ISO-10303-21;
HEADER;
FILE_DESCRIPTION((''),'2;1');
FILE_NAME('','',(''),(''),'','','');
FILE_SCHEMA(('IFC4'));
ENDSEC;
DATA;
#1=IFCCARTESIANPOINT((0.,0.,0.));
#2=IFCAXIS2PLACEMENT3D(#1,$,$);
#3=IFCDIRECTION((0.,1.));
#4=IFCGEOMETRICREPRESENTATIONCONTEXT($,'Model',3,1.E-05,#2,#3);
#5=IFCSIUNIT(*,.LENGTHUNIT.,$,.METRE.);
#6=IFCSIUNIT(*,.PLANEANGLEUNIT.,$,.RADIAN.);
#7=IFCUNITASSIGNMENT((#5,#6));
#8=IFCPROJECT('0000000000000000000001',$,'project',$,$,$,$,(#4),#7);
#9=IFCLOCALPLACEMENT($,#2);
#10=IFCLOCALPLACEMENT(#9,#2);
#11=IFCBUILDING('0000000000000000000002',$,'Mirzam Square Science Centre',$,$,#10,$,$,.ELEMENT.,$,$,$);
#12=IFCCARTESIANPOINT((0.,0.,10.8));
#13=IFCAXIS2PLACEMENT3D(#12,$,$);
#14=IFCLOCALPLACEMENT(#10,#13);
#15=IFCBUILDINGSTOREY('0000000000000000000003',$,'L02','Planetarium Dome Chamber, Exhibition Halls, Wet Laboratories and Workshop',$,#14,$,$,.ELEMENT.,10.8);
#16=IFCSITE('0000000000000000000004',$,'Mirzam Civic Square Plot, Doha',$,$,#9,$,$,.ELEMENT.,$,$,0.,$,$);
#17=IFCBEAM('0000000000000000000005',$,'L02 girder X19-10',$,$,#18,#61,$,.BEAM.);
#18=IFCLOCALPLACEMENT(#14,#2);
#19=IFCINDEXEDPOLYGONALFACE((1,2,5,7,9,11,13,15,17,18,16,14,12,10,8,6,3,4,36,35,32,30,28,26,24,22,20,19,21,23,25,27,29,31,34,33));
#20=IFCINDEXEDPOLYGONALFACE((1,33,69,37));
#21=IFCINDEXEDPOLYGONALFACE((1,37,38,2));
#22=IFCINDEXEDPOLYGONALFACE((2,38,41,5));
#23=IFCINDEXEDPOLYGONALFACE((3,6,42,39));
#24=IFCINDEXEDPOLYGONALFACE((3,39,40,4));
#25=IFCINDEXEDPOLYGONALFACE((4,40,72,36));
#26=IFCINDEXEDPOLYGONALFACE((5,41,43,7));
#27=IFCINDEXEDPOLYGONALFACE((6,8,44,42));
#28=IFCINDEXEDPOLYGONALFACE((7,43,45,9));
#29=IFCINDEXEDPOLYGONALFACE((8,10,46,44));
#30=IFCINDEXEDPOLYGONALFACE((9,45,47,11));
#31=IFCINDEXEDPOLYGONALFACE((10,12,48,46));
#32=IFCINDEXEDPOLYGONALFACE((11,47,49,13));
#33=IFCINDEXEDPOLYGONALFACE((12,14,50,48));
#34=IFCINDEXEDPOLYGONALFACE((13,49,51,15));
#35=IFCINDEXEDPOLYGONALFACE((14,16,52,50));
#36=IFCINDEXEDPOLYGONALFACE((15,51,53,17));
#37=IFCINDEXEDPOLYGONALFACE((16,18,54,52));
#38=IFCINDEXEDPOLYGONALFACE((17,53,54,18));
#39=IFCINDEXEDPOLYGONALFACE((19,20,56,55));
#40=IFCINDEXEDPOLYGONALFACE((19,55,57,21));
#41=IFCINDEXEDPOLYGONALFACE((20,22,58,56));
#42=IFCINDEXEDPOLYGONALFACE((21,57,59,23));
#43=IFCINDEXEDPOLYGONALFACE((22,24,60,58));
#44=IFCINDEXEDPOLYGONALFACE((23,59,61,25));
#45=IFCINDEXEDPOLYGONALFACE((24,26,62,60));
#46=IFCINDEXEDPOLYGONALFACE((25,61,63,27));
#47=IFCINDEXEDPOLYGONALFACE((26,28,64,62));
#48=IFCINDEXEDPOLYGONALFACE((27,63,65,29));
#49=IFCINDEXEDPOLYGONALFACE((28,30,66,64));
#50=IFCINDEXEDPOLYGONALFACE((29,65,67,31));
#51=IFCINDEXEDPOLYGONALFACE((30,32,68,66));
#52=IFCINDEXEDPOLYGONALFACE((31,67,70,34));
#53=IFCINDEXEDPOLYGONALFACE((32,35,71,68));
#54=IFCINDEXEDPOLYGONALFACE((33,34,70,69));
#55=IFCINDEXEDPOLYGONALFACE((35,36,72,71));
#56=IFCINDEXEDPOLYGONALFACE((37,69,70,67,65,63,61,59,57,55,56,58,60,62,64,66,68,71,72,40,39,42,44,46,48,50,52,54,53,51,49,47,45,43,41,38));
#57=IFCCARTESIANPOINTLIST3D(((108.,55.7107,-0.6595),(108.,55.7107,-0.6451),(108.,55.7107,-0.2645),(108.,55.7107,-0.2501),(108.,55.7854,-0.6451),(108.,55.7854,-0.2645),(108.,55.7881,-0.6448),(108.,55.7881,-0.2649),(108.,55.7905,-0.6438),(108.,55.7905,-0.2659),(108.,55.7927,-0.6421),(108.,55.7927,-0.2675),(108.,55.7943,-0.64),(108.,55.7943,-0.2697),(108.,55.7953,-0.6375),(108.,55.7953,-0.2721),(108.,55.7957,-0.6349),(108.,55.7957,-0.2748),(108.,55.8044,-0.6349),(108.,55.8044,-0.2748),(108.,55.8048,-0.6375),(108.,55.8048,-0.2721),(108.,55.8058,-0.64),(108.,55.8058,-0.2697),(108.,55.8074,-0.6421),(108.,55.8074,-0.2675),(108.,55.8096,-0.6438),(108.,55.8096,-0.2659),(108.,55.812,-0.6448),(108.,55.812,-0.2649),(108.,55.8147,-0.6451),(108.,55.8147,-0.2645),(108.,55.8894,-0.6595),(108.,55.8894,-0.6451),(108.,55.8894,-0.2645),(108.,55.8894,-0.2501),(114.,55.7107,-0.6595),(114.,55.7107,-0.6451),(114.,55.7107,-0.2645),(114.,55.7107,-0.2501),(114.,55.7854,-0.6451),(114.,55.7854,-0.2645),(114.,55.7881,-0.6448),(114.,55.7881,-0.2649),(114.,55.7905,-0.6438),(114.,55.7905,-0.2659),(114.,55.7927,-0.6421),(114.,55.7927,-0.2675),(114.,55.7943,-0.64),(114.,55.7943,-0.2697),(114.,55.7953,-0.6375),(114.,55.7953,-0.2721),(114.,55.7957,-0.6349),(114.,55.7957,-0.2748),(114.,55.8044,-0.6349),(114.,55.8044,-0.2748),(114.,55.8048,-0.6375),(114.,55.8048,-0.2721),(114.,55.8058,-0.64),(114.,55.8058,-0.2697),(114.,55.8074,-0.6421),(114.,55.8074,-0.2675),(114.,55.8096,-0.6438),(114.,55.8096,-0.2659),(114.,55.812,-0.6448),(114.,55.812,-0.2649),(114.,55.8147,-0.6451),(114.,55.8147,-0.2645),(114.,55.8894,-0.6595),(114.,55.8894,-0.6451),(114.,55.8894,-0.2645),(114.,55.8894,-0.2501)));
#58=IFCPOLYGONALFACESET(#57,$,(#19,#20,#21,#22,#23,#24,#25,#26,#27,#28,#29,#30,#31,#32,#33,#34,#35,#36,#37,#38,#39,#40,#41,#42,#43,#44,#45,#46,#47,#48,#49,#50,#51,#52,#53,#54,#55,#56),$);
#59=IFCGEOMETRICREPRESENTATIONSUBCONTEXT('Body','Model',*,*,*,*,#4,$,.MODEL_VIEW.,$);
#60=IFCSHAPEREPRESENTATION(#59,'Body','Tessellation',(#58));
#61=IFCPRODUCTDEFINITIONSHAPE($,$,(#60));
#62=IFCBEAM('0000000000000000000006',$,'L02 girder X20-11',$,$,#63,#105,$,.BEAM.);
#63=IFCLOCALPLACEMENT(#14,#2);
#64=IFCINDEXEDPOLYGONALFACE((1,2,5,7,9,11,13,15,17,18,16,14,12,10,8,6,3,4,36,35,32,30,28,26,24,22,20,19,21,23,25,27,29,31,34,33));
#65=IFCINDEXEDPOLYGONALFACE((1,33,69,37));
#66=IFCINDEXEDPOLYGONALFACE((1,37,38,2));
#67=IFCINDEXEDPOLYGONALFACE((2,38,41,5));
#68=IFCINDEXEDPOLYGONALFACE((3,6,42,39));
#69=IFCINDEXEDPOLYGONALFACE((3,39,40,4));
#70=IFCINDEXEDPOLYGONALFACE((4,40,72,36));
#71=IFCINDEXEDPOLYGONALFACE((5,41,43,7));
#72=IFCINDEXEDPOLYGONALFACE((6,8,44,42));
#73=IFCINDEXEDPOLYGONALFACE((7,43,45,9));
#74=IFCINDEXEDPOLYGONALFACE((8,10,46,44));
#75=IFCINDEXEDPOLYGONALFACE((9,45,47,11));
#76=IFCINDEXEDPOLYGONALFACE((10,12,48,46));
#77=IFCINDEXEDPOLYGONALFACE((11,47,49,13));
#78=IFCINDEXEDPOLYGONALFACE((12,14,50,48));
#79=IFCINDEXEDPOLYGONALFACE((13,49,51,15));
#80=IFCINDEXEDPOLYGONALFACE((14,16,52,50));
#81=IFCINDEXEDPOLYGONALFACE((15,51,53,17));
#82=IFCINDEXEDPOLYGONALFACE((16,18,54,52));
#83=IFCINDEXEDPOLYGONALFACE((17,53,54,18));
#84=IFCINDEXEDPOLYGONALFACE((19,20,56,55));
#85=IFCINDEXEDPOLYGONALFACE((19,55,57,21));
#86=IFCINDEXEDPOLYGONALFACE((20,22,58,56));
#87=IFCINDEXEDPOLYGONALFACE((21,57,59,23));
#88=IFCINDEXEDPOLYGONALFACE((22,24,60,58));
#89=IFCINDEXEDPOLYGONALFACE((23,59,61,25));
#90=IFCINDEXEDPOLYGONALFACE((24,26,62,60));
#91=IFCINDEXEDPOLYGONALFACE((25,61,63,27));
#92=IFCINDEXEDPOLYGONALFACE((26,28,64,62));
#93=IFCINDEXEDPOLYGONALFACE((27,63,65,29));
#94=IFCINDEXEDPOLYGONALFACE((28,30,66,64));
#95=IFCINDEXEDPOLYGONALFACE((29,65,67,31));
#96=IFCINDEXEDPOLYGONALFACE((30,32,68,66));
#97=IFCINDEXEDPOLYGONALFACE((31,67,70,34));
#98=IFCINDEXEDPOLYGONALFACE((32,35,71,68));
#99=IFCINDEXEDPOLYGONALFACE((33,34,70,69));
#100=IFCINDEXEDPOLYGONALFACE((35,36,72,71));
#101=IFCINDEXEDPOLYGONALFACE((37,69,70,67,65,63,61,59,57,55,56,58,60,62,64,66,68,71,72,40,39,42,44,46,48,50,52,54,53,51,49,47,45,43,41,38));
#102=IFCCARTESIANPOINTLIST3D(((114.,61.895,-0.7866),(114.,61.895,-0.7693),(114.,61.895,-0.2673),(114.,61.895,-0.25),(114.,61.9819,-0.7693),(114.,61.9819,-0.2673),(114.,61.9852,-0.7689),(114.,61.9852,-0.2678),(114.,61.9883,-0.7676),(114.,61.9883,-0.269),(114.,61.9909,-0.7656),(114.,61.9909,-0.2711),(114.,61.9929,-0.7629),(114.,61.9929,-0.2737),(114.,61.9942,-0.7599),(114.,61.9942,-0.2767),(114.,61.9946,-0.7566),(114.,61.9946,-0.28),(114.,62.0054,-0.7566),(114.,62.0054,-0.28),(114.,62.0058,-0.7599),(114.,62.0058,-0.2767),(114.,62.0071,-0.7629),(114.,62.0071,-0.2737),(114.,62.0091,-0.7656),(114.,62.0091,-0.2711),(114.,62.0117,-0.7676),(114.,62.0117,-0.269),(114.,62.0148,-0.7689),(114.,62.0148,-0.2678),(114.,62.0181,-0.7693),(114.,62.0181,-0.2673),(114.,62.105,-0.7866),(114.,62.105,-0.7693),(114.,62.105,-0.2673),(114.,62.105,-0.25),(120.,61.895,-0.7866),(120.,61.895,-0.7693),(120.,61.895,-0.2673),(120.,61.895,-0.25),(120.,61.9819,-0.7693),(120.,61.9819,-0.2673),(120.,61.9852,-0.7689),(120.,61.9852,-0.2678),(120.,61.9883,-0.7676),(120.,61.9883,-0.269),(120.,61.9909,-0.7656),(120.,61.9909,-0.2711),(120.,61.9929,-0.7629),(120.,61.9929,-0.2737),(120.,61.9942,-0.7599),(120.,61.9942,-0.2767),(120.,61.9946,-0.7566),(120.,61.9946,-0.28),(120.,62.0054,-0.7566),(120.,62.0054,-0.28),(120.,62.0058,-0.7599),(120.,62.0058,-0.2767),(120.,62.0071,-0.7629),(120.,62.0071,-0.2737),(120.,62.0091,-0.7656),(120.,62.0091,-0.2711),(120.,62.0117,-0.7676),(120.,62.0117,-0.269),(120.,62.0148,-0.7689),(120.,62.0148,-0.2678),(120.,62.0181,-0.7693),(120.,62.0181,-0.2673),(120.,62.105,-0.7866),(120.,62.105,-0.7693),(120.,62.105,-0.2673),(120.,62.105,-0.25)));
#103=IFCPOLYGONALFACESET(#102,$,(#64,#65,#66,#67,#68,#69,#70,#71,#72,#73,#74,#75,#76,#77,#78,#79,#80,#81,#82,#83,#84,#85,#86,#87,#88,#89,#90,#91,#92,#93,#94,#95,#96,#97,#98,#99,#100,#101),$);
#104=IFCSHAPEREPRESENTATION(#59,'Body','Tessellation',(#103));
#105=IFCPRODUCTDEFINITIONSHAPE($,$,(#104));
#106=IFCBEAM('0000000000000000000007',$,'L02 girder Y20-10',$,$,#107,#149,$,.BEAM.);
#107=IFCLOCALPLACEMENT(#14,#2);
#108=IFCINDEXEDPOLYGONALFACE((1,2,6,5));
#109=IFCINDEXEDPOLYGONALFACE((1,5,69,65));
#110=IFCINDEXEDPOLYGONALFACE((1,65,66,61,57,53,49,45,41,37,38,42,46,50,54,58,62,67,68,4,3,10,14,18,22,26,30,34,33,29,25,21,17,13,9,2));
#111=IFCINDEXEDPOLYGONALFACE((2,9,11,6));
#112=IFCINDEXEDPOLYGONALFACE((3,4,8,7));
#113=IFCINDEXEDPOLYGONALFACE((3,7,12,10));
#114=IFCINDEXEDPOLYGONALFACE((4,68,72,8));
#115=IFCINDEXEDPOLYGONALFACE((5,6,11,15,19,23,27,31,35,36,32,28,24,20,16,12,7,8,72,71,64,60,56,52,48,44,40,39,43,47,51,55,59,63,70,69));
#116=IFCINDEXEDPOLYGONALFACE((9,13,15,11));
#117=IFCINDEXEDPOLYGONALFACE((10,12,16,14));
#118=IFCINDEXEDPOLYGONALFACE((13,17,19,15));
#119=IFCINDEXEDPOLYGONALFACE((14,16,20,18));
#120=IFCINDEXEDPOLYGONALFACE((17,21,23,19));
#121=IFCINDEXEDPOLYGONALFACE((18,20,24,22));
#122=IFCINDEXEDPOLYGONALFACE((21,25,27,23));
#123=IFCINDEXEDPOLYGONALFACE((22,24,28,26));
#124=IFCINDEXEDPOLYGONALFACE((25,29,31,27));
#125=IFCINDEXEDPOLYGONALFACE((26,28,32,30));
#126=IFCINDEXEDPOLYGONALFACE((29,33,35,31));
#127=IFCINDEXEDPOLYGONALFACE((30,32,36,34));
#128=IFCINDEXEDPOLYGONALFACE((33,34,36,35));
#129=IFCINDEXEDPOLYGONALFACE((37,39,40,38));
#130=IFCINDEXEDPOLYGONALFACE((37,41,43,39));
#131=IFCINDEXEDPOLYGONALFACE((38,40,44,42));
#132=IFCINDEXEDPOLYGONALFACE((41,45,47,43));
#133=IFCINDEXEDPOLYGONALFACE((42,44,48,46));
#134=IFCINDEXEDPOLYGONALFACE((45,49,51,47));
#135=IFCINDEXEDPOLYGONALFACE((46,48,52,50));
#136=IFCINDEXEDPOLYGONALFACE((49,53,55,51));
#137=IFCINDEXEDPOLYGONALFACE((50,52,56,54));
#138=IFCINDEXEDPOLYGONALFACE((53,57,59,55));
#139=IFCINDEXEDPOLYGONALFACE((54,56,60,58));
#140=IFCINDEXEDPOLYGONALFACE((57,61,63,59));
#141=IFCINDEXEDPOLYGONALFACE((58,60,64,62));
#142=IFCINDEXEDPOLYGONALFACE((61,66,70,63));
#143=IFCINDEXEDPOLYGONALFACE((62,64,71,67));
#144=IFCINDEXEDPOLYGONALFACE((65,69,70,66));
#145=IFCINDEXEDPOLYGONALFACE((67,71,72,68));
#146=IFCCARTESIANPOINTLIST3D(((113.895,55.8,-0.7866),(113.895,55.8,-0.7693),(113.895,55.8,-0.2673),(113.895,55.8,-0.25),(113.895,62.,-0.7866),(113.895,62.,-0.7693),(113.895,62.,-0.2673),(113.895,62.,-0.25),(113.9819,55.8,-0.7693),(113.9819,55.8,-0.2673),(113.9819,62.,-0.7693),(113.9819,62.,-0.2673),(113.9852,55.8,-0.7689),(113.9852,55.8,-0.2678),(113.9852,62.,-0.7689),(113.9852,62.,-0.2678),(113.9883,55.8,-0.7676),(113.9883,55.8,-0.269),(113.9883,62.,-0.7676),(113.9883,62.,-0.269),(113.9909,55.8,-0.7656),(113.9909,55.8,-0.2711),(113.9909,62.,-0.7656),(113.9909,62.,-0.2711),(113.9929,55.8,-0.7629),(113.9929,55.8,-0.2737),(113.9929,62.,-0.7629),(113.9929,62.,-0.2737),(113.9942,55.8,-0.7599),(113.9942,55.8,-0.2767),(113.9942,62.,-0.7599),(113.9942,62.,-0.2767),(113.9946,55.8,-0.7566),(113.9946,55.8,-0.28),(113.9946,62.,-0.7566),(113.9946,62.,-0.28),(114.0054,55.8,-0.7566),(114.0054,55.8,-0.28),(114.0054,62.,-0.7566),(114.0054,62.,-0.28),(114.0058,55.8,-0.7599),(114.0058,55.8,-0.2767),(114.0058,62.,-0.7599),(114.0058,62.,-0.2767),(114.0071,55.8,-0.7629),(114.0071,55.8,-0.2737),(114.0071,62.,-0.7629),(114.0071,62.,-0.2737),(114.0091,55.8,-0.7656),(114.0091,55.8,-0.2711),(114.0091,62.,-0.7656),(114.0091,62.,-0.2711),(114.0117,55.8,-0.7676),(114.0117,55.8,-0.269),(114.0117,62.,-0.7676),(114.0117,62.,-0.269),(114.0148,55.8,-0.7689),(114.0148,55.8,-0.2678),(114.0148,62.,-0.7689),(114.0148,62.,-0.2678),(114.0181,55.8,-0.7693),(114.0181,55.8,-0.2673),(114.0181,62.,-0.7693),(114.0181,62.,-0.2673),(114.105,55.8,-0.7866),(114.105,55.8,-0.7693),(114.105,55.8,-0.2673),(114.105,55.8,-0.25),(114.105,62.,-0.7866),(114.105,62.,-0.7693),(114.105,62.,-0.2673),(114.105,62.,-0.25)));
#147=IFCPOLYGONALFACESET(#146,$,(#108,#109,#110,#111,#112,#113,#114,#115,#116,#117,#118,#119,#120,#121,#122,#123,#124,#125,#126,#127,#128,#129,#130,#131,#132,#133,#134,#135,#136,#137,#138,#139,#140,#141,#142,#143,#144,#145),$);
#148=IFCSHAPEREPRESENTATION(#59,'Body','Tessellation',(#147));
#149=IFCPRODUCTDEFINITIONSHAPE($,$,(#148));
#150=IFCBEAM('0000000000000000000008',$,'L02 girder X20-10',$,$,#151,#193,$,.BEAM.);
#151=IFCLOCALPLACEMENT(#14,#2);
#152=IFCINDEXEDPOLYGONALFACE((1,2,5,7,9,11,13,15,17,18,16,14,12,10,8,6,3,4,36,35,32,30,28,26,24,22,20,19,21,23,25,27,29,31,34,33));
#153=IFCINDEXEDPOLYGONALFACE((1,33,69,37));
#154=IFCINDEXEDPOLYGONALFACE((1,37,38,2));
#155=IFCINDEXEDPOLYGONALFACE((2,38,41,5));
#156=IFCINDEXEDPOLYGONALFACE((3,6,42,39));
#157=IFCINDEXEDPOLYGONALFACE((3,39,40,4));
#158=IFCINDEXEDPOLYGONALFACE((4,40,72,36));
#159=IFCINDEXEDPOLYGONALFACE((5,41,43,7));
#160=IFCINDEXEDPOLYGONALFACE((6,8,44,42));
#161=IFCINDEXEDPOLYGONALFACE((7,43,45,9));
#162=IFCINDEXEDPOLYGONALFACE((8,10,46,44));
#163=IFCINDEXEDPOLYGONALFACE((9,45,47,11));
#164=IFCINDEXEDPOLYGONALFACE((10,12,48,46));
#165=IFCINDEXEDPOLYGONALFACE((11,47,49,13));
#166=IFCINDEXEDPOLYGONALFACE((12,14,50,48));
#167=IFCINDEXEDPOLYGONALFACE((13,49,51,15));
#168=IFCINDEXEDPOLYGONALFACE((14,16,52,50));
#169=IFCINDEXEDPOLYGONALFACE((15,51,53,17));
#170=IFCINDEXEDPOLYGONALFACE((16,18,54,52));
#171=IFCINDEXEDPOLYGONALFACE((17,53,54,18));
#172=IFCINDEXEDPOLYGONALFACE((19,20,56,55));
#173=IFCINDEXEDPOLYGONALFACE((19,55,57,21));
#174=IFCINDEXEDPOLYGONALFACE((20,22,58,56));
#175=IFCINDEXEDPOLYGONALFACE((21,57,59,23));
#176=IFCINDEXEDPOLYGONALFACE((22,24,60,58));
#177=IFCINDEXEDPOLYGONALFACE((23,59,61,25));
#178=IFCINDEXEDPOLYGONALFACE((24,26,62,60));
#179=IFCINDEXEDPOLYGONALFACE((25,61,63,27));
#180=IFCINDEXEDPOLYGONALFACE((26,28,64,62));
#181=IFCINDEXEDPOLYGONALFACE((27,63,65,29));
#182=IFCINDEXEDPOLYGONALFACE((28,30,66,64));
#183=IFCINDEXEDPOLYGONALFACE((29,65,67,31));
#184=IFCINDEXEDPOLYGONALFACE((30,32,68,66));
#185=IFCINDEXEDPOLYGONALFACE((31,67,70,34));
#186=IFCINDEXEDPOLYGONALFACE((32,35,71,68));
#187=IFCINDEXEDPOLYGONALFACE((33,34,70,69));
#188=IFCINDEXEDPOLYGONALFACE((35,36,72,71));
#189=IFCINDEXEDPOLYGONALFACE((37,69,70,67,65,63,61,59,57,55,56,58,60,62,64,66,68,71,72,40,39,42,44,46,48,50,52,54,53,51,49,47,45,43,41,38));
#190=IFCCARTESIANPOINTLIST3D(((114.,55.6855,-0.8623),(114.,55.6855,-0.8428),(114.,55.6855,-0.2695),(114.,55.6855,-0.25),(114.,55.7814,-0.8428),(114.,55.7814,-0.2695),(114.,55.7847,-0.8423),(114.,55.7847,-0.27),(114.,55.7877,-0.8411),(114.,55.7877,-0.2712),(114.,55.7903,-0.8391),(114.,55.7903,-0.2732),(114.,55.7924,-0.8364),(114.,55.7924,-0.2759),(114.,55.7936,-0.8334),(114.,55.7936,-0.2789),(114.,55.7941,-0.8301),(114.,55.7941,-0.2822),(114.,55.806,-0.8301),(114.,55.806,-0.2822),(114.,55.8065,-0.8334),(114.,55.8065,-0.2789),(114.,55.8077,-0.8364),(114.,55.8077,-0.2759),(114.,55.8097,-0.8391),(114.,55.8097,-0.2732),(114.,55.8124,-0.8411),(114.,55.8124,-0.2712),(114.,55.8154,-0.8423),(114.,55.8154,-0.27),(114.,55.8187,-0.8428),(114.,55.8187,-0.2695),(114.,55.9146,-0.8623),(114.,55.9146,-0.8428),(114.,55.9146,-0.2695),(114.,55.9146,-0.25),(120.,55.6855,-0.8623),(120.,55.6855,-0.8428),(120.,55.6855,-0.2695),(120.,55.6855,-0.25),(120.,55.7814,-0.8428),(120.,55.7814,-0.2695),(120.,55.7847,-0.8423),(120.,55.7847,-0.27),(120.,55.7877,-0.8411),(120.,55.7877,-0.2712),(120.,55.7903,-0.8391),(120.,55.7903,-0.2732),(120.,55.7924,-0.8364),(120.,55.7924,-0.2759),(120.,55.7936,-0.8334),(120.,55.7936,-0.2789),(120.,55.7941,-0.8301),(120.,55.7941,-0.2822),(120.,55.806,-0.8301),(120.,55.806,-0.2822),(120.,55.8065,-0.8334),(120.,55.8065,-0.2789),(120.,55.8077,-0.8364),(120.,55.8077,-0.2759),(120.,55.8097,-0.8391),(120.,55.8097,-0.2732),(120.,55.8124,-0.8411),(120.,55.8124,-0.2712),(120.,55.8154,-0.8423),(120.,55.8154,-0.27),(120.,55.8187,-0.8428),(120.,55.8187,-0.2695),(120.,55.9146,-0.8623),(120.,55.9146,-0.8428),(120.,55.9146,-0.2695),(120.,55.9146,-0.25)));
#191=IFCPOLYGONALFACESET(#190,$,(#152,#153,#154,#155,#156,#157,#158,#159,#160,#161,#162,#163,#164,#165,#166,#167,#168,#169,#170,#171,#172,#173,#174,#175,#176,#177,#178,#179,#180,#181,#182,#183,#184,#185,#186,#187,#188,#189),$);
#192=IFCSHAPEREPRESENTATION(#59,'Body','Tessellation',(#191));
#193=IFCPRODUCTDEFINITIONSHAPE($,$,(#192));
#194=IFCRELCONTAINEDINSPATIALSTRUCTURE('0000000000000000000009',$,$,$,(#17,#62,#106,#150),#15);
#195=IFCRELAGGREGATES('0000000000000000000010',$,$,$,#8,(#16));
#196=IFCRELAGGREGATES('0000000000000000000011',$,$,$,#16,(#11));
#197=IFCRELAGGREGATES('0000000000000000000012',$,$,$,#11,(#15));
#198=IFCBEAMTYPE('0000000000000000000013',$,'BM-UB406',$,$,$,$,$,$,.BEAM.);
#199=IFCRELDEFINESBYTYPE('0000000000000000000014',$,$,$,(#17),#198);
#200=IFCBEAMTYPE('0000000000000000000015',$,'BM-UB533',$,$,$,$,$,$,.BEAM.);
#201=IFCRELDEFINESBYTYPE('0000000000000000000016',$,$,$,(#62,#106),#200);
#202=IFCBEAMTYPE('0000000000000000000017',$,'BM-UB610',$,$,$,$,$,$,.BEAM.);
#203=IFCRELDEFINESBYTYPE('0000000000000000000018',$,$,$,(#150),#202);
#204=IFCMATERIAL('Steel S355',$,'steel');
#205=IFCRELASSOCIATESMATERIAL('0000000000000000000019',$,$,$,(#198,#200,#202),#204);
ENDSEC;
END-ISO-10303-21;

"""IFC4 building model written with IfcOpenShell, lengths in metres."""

from ifc_helpers import new_model, si_unit, direction, frame, origin, origin_2d, place, context, subcontext, project, spatial, i_section, extrude, material, material_profile, profile_set, type_object, element, save


model = new_model("IFC4")

# Units and contexts
model_context = context("Model", 3, precision=1e-05, world=origin(), true_north=direction((0.0, 1.0)))
body_context = subcontext(model_context, "Body", "Model", "MODEL_VIEW")
ifc_project = project(units=[si_unit("LENGTHUNIT", "METRE"), si_unit("PLANEANGLEUNIT", "RADIAN")], contexts=[model_context])

# Site, building, storey
site_placement = place(None, origin())
site = spatial("IfcSite", under=ifc_project, at=site_placement, Name="Mirzam Civic Square Plot, Doha", CompositionType="ELEMENT", RefElevation=0.0)
building_placement = place(site_placement, origin())
building = spatial("IfcBuilding", under=site, at=building_placement, Name="Mirzam Square Science Centre", CompositionType="ELEMENT")
storey_placement = place(building_placement, frame((0.0, 0.0, 10.8)))
storey = spatial("IfcBuildingStorey", under=building, at=storey_placement, Name="L02", Description="Planetarium Dome Chamber, Exhibition Halls, Wet Laboratories and Workshop", CompositionType="ELEMENT", Elevation=10.8)

# Shared definitions
ifc_material_1 = material(Name="Steel S355", Category="steel")

# Beams
ifc_material_profile_1 = material_profile(ifc_material_1, i_section(OverallWidth=0.1787, OverallDepth=0.4094, WebThickness=0.0088, FlangeThickness=0.0144, FilletRadius=0.0103, at=origin_2d()), Name="406x178x67UB")
ifc_profile_set_1 = profile_set([ifc_material_profile_1], Name="Steel S355")
beam_type_1 = type_object("IfcBeamType", Name="BM-UB406", PredefinedType="BEAM", material=ifc_profile_set_1)
beam_1_placement = place(storey_placement, frame((108.0, 55.8, -0.4548), z_axis=(1.0, 0.0, 0.0), x_axis=(0.0, 1.0, 0.0)))
element("IfcBeam", 1, at=beam_1_placement, inside=storey, type_object=beam_type_1, Name="L02 girder X19-10", PredefinedType="BEAM", context=body_context, shape_type="SweptSolid", body=[
    extrude(i_section(OverallWidth=0.1787, OverallDepth=0.4094, WebThickness=0.0088, FlangeThickness=0.0144, FilletRadius=0.0103, at=origin_2d()), origin(), (0.0, 0.0, 1.0), 6.0),
])
ifc_material_profile_2 = material_profile(ifc_material_1, i_section(OverallWidth=0.21, OverallDepth=0.5366, WebThickness=0.0107, FlangeThickness=0.0173, FilletRadius=0.0127, at=origin_2d()), Name="533x210x101UB")
ifc_profile_set_2 = profile_set([ifc_material_profile_2], Name="Steel S355")
beam_type_2 = type_object("IfcBeamType", Name="BM-UB533", PredefinedType="BEAM", material=ifc_profile_set_2)
beam_2_placement = place(storey_placement, frame((114.0, 62.0, -0.5183), z_axis=(1.0, 0.0, 0.0), x_axis=(0.0, 1.0, 0.0)))
element("IfcBeam", 2, at=beam_2_placement, inside=storey, type_object=beam_type_2, Name="L02 girder X20-11", PredefinedType="BEAM", context=body_context, shape_type="SweptSolid", body=[
    extrude(i_section(OverallWidth=0.21, OverallDepth=0.5366, WebThickness=0.0107, FlangeThickness=0.0173, FilletRadius=0.0127, at=origin_2d()), origin(), (0.0, 0.0, 1.0), 6.0),
])
beam_3_placement = place(storey_placement, frame((114.0, 55.8, -0.5183), z_axis=(0.0, 1.0, 0.0), x_axis=(-1.0, 0.0, 0.0)))
element("IfcBeam", 3, at=beam_3_placement, inside=storey, type_object=beam_type_2, Name="L02 girder Y20-10", PredefinedType="BEAM", context=body_context, shape_type="SweptSolid", body=[
    extrude(i_section(OverallWidth=0.21, OverallDepth=0.5366, WebThickness=0.0107, FlangeThickness=0.0173, FilletRadius=0.0127, at=origin_2d()), origin(), (0.0, 0.0, 1.0), 6.2),
])
ifc_material_profile_3 = material_profile(ifc_material_1, i_section(OverallWidth=0.229, OverallDepth=0.6123, WebThickness=0.012, FlangeThickness=0.0195, FilletRadius=0.0127, at=origin_2d()), Name="610x229x125UB")
ifc_profile_set_3 = profile_set([ifc_material_profile_3], Name="Steel S355")
beam_type_3 = type_object("IfcBeamType", Name="BM-UB610", PredefinedType="BEAM", material=ifc_profile_set_3)
for number, where, z_axis, x_axis, name in (
    (4, (114.0, 55.8, -0.5562), (1.0, 0.0, 0.0), (0.0, 1.0, 0.0), "L02 girder X20-10"),
):
    element("IfcBeam", number, at=place(storey_placement, frame(where, z_axis=z_axis, x_axis=x_axis)), inside=storey, type_object=beam_type_3, Name=name, PredefinedType="BEAM", context=body_context, shape_type="SweptSolid", body=[
        extrude(i_section(OverallWidth=0.229, OverallDepth=0.6123, WebThickness=0.012, FlangeThickness=0.0195, FilletRadius=0.0127, at=origin_2d()), origin(), (0.0, 0.0, 1.0), 6.0),
    ])

save(model, "model.ifc")
